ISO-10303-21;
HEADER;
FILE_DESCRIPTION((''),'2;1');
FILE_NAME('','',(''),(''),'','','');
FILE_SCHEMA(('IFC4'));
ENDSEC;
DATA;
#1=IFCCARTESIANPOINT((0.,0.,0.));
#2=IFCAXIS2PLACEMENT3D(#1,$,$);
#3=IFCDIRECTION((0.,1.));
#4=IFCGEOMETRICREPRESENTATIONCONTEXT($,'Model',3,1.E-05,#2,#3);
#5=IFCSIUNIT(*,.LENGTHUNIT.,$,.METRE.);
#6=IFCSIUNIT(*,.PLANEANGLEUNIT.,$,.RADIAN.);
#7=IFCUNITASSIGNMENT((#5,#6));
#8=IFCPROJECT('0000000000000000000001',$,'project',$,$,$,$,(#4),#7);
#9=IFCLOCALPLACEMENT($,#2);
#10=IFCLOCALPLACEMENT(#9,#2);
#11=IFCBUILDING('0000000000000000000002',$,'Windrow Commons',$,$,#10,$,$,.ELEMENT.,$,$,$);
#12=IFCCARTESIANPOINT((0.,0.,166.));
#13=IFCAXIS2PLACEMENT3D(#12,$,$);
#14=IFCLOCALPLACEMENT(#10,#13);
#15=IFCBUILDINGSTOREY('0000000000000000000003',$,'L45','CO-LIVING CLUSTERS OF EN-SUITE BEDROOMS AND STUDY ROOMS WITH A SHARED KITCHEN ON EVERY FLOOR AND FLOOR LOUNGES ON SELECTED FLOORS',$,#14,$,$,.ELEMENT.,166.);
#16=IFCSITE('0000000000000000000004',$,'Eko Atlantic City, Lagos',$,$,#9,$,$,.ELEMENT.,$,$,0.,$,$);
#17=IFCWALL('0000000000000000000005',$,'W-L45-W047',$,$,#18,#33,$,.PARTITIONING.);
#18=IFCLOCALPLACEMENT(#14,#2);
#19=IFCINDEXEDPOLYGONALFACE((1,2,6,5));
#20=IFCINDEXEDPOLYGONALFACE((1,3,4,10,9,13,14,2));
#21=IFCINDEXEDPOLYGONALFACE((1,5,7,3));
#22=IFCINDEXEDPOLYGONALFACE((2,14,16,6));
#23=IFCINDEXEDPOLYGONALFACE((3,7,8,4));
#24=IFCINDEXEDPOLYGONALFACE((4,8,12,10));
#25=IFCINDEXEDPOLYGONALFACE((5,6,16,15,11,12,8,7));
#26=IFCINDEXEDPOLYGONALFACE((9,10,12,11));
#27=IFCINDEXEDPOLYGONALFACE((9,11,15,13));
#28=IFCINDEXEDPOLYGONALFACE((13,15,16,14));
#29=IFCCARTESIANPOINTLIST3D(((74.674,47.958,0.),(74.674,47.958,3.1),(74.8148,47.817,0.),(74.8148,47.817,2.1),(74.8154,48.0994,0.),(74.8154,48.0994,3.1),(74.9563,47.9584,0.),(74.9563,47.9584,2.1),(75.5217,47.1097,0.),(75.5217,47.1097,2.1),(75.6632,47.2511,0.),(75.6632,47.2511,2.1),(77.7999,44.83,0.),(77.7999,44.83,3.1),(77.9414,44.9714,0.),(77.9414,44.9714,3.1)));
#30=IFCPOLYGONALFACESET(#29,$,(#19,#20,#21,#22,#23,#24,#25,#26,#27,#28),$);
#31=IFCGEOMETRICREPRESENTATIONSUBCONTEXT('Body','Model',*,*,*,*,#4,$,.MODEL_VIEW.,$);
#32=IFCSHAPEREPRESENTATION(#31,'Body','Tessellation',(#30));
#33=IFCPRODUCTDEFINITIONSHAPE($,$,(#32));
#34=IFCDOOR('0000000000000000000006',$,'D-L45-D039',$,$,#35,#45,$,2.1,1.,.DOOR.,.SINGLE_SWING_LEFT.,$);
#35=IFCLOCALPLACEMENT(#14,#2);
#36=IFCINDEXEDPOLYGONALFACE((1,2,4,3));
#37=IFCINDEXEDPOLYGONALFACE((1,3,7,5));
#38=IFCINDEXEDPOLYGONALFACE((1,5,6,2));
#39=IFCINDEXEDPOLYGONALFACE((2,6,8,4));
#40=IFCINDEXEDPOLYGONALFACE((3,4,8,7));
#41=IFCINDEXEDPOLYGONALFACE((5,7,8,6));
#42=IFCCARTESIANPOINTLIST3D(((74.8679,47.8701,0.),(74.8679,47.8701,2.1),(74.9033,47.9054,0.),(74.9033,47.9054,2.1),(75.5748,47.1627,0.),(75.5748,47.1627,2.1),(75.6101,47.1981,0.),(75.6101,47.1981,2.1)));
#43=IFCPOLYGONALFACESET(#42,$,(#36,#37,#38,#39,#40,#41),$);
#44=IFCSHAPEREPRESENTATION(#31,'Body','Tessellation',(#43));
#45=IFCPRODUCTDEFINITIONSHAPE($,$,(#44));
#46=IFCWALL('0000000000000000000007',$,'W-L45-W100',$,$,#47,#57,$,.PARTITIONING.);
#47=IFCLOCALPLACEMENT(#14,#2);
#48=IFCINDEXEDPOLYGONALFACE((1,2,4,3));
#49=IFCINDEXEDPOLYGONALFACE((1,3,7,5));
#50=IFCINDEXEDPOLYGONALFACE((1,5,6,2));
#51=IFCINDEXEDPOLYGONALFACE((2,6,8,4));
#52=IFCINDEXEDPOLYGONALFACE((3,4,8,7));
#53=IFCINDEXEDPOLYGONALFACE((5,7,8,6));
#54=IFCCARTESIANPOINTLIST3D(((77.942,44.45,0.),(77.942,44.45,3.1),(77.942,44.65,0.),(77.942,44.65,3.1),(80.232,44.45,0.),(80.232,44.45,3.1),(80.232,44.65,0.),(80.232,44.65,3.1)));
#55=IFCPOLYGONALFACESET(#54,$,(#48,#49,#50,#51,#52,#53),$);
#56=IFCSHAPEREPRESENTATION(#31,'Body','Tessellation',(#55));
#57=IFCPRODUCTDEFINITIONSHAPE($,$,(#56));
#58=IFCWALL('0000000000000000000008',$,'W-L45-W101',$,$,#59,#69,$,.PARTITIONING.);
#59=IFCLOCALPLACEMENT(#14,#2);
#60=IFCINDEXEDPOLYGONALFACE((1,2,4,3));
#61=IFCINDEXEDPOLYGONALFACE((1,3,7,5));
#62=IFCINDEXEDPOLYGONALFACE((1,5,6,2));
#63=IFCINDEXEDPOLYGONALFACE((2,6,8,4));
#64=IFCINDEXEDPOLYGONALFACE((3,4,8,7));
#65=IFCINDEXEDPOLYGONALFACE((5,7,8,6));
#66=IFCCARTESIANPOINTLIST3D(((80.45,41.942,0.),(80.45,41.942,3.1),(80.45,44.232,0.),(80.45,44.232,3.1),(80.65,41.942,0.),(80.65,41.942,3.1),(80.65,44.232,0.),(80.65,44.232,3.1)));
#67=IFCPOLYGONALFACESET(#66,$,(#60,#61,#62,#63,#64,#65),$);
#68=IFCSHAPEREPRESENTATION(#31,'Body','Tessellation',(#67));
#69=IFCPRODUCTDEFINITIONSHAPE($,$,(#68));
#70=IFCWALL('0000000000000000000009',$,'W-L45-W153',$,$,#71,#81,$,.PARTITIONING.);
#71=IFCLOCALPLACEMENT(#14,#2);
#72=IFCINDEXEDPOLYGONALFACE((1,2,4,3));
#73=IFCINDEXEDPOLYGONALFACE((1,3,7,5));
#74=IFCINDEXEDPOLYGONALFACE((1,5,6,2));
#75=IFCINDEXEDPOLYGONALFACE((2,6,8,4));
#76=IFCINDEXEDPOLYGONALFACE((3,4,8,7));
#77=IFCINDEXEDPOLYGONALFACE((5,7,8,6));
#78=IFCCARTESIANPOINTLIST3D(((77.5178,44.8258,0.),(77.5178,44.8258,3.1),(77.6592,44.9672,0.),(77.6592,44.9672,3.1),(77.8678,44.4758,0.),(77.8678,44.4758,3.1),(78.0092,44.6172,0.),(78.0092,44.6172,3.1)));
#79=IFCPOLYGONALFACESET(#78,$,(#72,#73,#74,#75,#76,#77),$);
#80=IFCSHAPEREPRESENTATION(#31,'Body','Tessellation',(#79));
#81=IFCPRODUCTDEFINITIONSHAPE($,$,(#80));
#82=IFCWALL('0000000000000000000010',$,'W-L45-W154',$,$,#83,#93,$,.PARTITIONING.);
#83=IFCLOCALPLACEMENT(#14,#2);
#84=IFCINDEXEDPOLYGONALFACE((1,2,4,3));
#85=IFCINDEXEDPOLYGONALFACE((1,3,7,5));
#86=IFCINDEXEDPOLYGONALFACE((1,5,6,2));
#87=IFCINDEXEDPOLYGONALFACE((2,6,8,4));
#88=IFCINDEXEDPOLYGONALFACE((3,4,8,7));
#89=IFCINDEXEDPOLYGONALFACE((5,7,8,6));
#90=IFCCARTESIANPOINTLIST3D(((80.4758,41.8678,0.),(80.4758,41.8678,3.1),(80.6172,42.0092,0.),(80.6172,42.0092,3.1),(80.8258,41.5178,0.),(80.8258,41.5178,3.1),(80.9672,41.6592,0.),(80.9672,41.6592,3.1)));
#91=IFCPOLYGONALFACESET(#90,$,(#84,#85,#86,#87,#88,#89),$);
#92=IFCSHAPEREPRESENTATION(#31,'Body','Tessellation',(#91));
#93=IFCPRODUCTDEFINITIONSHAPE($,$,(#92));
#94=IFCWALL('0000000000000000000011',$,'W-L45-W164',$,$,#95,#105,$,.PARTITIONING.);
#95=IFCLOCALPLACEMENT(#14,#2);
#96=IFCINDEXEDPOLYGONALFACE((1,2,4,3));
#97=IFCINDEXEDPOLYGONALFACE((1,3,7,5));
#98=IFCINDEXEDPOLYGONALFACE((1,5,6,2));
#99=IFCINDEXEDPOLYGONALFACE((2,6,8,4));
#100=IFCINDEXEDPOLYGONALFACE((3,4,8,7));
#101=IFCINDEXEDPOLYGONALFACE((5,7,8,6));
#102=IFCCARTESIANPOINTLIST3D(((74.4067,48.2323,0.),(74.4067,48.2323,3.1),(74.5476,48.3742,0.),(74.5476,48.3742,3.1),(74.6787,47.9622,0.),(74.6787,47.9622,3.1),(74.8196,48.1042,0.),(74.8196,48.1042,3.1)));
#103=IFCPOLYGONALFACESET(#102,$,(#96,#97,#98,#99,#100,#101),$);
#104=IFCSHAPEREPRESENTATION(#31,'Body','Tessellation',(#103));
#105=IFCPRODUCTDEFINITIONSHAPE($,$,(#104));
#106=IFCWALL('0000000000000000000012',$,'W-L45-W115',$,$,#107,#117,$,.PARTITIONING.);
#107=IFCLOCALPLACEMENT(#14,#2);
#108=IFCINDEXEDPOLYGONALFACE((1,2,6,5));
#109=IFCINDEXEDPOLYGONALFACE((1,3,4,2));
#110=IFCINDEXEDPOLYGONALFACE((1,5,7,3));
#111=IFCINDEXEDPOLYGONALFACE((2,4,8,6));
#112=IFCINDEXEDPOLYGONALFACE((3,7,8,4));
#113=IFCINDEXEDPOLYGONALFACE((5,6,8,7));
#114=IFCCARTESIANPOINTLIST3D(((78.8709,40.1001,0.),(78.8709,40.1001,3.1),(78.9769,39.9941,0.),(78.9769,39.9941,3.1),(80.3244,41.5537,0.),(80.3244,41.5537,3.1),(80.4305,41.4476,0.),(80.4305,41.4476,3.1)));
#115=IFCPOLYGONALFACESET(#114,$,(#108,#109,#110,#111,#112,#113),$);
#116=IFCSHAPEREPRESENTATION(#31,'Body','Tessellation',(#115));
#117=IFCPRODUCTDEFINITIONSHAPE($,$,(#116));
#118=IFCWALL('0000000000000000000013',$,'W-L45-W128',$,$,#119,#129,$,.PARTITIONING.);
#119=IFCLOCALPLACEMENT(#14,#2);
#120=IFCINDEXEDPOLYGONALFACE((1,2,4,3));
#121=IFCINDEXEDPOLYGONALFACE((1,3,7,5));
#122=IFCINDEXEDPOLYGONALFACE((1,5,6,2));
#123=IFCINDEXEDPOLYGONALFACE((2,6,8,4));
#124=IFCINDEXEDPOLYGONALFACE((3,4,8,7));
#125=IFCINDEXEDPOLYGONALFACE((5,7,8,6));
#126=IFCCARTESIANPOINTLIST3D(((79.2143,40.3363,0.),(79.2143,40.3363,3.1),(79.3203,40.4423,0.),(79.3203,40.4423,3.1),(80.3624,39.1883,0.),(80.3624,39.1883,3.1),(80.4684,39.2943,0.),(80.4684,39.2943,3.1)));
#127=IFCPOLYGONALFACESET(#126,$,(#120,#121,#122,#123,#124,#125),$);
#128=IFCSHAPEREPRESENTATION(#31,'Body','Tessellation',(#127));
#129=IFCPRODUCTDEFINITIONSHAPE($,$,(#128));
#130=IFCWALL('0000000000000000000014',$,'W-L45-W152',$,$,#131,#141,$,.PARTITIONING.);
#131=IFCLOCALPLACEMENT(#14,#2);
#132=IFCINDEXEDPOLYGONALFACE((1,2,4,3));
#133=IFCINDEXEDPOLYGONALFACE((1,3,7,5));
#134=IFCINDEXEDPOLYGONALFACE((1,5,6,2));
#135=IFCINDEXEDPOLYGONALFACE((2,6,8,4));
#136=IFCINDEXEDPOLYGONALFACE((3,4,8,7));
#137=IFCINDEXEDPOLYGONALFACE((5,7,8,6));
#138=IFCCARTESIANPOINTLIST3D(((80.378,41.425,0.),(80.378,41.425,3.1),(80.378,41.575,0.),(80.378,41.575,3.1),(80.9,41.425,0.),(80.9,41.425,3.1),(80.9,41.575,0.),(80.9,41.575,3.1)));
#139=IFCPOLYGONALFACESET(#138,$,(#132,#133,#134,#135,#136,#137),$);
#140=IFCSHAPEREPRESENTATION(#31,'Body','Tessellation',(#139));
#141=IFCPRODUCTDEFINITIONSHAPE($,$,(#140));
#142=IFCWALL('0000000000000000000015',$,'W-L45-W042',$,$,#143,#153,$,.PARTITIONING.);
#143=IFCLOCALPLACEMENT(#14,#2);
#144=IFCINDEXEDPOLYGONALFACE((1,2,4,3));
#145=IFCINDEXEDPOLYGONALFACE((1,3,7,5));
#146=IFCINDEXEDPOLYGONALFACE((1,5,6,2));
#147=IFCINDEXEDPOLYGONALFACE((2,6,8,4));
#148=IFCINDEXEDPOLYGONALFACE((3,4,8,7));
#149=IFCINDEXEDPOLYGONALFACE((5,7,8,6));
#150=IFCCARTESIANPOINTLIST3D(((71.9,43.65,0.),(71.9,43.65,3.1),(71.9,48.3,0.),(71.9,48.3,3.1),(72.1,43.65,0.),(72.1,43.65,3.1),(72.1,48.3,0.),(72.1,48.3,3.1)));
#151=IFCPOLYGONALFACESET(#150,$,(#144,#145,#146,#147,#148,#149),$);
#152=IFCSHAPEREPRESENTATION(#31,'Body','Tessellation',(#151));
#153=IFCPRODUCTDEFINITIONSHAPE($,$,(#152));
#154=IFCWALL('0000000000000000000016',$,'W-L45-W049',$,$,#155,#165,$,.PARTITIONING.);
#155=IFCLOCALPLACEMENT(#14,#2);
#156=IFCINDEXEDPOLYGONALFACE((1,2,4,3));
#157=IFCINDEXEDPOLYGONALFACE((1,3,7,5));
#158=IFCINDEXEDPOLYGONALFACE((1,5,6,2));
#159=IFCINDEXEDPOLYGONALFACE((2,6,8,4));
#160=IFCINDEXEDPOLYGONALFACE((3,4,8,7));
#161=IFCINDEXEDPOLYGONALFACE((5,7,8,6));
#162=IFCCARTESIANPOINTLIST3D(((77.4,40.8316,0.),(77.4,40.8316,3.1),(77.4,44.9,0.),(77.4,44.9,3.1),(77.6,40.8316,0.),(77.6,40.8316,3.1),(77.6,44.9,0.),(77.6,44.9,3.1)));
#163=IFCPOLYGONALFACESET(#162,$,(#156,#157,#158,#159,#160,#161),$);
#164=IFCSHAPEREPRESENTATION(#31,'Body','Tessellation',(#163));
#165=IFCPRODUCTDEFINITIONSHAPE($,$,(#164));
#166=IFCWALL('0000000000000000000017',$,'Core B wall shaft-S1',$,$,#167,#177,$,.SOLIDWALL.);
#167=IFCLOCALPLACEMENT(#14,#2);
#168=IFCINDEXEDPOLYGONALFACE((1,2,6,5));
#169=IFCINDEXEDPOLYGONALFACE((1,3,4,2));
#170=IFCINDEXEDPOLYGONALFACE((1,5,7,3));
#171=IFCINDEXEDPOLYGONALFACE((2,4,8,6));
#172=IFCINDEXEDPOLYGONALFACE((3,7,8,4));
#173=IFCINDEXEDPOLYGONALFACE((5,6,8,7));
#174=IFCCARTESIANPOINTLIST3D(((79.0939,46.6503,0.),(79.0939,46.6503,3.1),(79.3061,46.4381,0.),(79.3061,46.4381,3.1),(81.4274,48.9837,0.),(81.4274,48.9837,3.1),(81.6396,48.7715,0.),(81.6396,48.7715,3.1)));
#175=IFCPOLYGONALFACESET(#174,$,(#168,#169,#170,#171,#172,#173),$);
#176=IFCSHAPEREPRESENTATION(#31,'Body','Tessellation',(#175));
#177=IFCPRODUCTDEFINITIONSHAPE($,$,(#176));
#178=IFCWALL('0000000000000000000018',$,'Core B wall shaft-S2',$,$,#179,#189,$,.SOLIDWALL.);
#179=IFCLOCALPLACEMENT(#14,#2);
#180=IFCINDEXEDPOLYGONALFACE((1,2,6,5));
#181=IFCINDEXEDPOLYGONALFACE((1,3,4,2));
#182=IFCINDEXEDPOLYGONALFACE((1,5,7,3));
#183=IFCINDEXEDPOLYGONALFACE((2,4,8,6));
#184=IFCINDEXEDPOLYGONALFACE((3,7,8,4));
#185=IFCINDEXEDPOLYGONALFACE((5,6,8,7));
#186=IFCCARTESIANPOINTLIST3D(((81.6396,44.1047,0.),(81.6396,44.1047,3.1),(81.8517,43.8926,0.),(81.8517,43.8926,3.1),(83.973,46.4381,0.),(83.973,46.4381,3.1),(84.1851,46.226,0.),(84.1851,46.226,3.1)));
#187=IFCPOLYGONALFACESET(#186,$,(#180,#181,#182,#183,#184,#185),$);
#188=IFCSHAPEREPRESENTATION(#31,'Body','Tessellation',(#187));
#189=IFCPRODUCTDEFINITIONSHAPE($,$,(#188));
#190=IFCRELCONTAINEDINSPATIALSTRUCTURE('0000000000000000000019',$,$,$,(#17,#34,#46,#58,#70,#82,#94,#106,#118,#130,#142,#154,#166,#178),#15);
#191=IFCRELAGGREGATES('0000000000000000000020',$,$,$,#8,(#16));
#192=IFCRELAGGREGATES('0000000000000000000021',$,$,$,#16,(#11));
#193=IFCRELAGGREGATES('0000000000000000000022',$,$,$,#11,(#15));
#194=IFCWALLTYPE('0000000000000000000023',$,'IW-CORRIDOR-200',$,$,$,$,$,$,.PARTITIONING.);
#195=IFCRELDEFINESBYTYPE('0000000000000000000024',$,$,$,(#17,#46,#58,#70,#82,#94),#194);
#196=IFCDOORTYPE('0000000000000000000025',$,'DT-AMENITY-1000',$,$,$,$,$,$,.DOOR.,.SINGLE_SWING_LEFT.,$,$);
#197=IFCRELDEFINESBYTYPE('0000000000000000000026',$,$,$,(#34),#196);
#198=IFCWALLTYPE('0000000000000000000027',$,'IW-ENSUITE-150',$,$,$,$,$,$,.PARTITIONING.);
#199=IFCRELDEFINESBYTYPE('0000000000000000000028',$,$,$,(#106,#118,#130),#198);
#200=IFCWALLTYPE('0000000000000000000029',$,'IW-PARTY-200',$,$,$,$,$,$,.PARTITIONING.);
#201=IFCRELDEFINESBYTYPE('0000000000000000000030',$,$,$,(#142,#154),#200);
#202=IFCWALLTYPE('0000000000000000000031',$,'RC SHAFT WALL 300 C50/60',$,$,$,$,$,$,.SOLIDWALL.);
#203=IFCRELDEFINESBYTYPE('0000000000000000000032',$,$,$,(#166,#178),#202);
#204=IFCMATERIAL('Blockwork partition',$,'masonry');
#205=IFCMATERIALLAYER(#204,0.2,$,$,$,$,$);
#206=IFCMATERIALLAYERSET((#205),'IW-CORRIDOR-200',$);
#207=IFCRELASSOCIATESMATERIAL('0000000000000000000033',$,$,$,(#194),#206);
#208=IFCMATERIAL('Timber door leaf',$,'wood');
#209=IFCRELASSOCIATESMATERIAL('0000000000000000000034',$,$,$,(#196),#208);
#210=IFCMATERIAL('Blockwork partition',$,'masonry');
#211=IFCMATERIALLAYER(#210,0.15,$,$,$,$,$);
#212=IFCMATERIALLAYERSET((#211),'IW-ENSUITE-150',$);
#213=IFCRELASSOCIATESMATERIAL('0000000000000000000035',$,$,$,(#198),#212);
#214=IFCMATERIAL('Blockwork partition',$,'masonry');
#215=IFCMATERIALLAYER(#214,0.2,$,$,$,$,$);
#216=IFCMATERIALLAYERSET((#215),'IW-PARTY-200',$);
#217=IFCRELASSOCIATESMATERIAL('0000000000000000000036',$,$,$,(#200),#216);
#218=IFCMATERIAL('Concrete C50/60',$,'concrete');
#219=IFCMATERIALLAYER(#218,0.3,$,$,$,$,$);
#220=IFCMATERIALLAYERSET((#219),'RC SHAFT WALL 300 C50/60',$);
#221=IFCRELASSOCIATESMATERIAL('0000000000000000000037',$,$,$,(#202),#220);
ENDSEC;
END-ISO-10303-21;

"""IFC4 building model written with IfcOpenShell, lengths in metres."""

from ifc_helpers import new_model, si_unit, direction, frame, frame_2d, origin, place, context, subcontext, project, spatial, rectangle, extrude, material, layer, layer_set, type_object, element, fill, save


model = new_model("IFC4")

# Units and contexts
model_context = context("Model", 3, precision=1e-05, world=origin(), true_north=direction((0.0, 1.0)))
body_context = subcontext(model_context, "Body", "Model", "MODEL_VIEW")
ifc_project = project(units=[si_unit("LENGTHUNIT", "METRE"), si_unit("PLANEANGLEUNIT", "RADIAN")], contexts=[model_context])

# Site, building, storey
site_placement = place(None, origin())
site = spatial("IfcSite", under=ifc_project, at=site_placement, Name="Eko Atlantic City, Lagos", CompositionType="ELEMENT", RefElevation=0.0)
building_placement = place(site_placement, origin())
building = spatial("IfcBuilding", under=site, at=building_placement, Name="Windrow Commons", CompositionType="ELEMENT")
storey_placement = place(building_placement, frame((0.0, 0.0, 166.0)))
storey = spatial("IfcBuildingStorey", under=building, at=storey_placement, Name="L45", Description="CO-LIVING CLUSTERS OF EN-SUITE BEDROOMS AND STUDY ROOMS WITH A SHARED KITCHEN ON EVERY FLOOR AND FLOOR LOUNGES ON SELECTED FLOORS", CompositionType="ELEMENT", Elevation=166.0)

# Wall, opening, door
ifc_material_1 = material(Name="Blockwork partition", Category="masonry")
ifc_layer_1 = layer(ifc_material_1, 0.2)
ifc_layer_set_1 = layer_set([ifc_layer_1], Name="IW-CORRIDOR-200")
wall_type_1 = type_object("IfcWallType", Name="IW-CORRIDOR-200", PredefinedType="PARTITIONING", material=ifc_layer_set_1)
wall_1_placement = place(storey_placement, frame((74.7447, 48.0287, 0.0), z_axis=(0.0, 0.0, 1.0), x_axis=(0.706881, -0.707333, 0.0)))
wall_1 = element("IfcWall", 1, at=wall_1_placement, inside=storey, type_object=wall_type_1, Name="W-L45-W047", PredefinedType="PARTITIONING", context=body_context, shape_type="SweptSolid", body=[
    extrude(rectangle(XDim=4.4222, YDim=0.2, at=frame_2d((2.2111, 0.0))), origin(), (0.0, 0.0, 1.0), 3.1),
])
opening_1_placement = place(wall_1_placement, frame((0.1993, 0.0, 0.0)))
opening_1 = element("IfcOpeningElement", 2, at=opening_1_placement, cuts=wall_1, PredefinedType="OPENING", context=body_context, shape_type="SweptSolid", body=[
    extrude(rectangle(XDim=1.0, YDim=2.1, at=frame_2d((0.5, 1.05))), frame((0.0, 0.11, 0.0), z_axis=(0.0, -1.0, 0.0), x_axis=(1.0, 0.0, 0.0)), (0.0, 0.0, 1.0), 0.22),
])
ifc_material_2 = material(Name="Timber door leaf", Category="wood")
door_type_1 = type_object("IfcDoorType", Name="DT-AMENITY-1000", OperationType="SINGLE_SWING_LEFT", PredefinedType="DOOR", material=ifc_material_2)
door_1_placement = place(opening_1_placement, origin())
door_1 = element("IfcDoor", 3, at=door_1_placement, inside=storey, type_object=door_type_1, Name="D-L45-D039", OperationType="SINGLE_SWING_LEFT", OverallHeight=2.1, OverallWidth=1.0, PredefinedType="DOOR", context=body_context, shape_type="SweptSolid", body=[
    extrude(rectangle(XDim=1.0, YDim=2.1, at=frame_2d((0.5, 1.05))), frame((0.0, 0.025, 0.0), z_axis=(0.0, -1.0, 0.0), x_axis=(1.0, 0.0, 0.0)), (0.0, 0.0, 1.0), 0.05),
])
fill(opening_1, door_1)

# Walls
for number, where, z_axis, x_axis, name in (
    (4, (77.942, 44.55, 0.0), (0.0, 0.0, 1.0), (1.0, 0.0, 0.0), "W-L45-W100"),
    (5, (80.55, 41.942, 0.0), (0.0, 0.0, 1.0), (0.0, 1.0, 0.0), "W-L45-W101"),
):
    element("IfcWall", number, at=place(storey_placement, frame(where, z_axis=z_axis, x_axis=x_axis)), inside=storey, type_object=wall_type_1, Name=name, PredefinedType="PARTITIONING", context=body_context, shape_type="SweptSolid", body=[
        extrude(rectangle(XDim=2.29, YDim=0.2, at=frame_2d((1.145, 0.0))), origin(), (0.0, 0.0, 1.0), 3.1),
    ])
for number, where, z_axis, x_axis, name in (
    (6, (77.5885, 44.8965, 0.0), (0.0, 0.0, 1.0), (0.707107, -0.707107, 0.0), "W-L45-W153"),
    (7, (80.5465, 41.9385, 0.0), (0.0, 0.0, 1.0), (0.707107, -0.707107, 0.0), "W-L45-W154"),
):
    element("IfcWall", number, at=place(storey_placement, frame(where, z_axis=z_axis, x_axis=x_axis)), inside=storey, type_object=wall_type_1, Name=name, PredefinedType="PARTITIONING", context=body_context, shape_type="SweptSolid", body=[
        extrude(rectangle(XDim=0.495, YDim=0.2, at=frame_2d((0.2475, 0.0))), origin(), (0.0, 0.0, 1.0), 3.1),
    ])
wall_2_placement = place(storey_placement, frame((74.4772, 48.3032, 0.0), z_axis=(0.0, 0.0, 1.0), x_axis=(0.709711, -0.704493, 0.0)))
element("IfcWall", 8, at=wall_2_placement, inside=storey, type_object=wall_type_1, Name="W-L45-W164", PredefinedType="PARTITIONING", context=body_context, shape_type="SweptSolid", body=[
    extrude(rectangle(XDim=0.3833, YDim=0.2, at=frame_2d((0.1916, 0.0))), origin(), (0.0, 0.0, 1.0), 3.1),
])
ifc_material_3 = material(Name="Blockwork partition", Category="masonry")
ifc_layer_2 = layer(ifc_material_3, 0.15)
ifc_layer_set_2 = layer_set([ifc_layer_2], Name="IW-ENSUITE-150")
wall_type_2 = type_object("IfcWallType", Name="IW-ENSUITE-150", PredefinedType="PARTITIONING", material=ifc_layer_set_2)
wall_3_placement = place(storey_placement, frame((78.9239, 40.0471, 0.0), z_axis=(0.0, 0.0, 1.0), x_axis=(0.707107, 0.707107, 0.0)))
element("IfcWall", 9, at=wall_3_placement, inside=storey, type_object=wall_type_2, Name="W-L45-W115", PredefinedType="PARTITIONING", context=body_context, shape_type="SweptSolid", body=[
    extrude(rectangle(XDim=2.0556, YDim=0.15, at=frame_2d((1.0278, 0.0))), origin(), (0.0, 0.0, 1.0), 3.1),
])
wall_4_placement = place(storey_placement, frame((79.2673, 40.3893, 0.0), z_axis=(0.0, 0.0, 1.0), x_axis=(0.707138, -0.707076, 0.0)))
element("IfcWall", 10, at=wall_4_placement, inside=storey, type_object=wall_type_2, Name="W-L45-W128", PredefinedType="PARTITIONING", context=body_context, shape_type="SweptSolid", body=[
    extrude(rectangle(XDim=1.6236, YDim=0.15, at=frame_2d((0.8118, 0.0))), origin(), (0.0, 0.0, 1.0), 3.1),
])
wall_5_placement = place(storey_placement, frame((80.378, 41.5, 0.0), z_axis=(0.0, 0.0, 1.0), x_axis=(1.0, 0.0, 0.0)))
element("IfcWall", 11, at=wall_5_placement, inside=storey, type_object=wall_type_2, Name="W-L45-W152", PredefinedType="PARTITIONING", context=body_context, shape_type="SweptSolid", body=[
    extrude(rectangle(XDim=0.522, YDim=0.15, at=frame_2d((0.261, 0.0))), origin(), (0.0, 0.0, 1.0), 3.1),
])
ifc_material_4 = material(Name="Blockwork partition", Category="masonry")
ifc_layer_3 = layer(ifc_material_4, 0.2)
ifc_layer_set_3 = layer_set([ifc_layer_3], Name="IW-PARTY-200")
wall_type_3 = type_object("IfcWallType", Name="IW-PARTY-200", PredefinedType="PARTITIONING", material=ifc_layer_set_3)
wall_6_placement = place(storey_placement, frame((72.0, 43.65, 0.0), z_axis=(0.0, 0.0, 1.0), x_axis=(0.0, 1.0, 0.0)))
element("IfcWall", 12, at=wall_6_placement, inside=storey, type_object=wall_type_3, Name="W-L45-W042", PredefinedType="PARTITIONING", context=body_context, shape_type="SweptSolid", body=[
    extrude(rectangle(XDim=4.65, YDim=0.2, at=frame_2d((2.325, 0.0))), origin(), (0.0, 0.0, 1.0), 3.1),
])
wall_7_placement = place(storey_placement, frame((77.5, 40.8316, 0.0), z_axis=(0.0, 0.0, 1.0), x_axis=(0.0, 1.0, 0.0)))
element("IfcWall", 13, at=wall_7_placement, inside=storey, type_object=wall_type_3, Name="W-L45-W049", PredefinedType="PARTITIONING", context=body_context, shape_type="SweptSolid", body=[
    extrude(rectangle(XDim=4.0684, YDim=0.2, at=frame_2d((2.0342, 0.0))), origin(), (0.0, 0.0, 1.0), 3.1),
])
ifc_material_5 = material(Name="Concrete C50/60", Category="concrete")
ifc_layer_4 = layer(ifc_material_5, 0.3)
ifc_layer_set_4 = layer_set([ifc_layer_4], Name="RC SHAFT WALL 300 C50/60")
wall_type_4 = type_object("IfcWallType", Name="RC SHAFT WALL 300 C50/60", PredefinedType="SOLIDWALL", material=ifc_layer_set_4)
wall_8_placement = place(storey_placement, frame((79.2, 46.5442, 0.0), z_axis=(0.0, 0.0, 1.0), x_axis=(0.707122, 0.707092, 0.0)))
element("IfcWall", 14, at=wall_8_placement, inside=storey, type_object=wall_type_4, Name="Core B wall shaft-S1", PredefinedType="SOLIDWALL", context=body_context, shape_type="SweptSolid", body=[
    extrude(rectangle(XDim=3.3, YDim=0.3, at=frame_2d((1.65, 0.0))), origin(), (0.0, 0.0, 1.0), 3.1),
])
for number, where, z_axis, x_axis, name in (
    (15, (81.7456, 43.9986, 0.0), (0.0, 0.0, 1.0), (0.707107, 0.707107, 0.0), "Core B wall shaft-S2"),
):
    element("IfcWall", number, at=place(storey_placement, frame(where, z_axis=z_axis, x_axis=x_axis)), inside=storey, type_object=wall_type_4, Name=name, PredefinedType="SOLIDWALL", context=body_context, shape_type="SweptSolid", body=[
        extrude(rectangle(XDim=3.2999, YDim=0.3, at=frame_2d((1.65, 0.0))), origin(), (0.0, 0.0, 1.0), 3.1),
    ])

save(model, "model.ifc")
